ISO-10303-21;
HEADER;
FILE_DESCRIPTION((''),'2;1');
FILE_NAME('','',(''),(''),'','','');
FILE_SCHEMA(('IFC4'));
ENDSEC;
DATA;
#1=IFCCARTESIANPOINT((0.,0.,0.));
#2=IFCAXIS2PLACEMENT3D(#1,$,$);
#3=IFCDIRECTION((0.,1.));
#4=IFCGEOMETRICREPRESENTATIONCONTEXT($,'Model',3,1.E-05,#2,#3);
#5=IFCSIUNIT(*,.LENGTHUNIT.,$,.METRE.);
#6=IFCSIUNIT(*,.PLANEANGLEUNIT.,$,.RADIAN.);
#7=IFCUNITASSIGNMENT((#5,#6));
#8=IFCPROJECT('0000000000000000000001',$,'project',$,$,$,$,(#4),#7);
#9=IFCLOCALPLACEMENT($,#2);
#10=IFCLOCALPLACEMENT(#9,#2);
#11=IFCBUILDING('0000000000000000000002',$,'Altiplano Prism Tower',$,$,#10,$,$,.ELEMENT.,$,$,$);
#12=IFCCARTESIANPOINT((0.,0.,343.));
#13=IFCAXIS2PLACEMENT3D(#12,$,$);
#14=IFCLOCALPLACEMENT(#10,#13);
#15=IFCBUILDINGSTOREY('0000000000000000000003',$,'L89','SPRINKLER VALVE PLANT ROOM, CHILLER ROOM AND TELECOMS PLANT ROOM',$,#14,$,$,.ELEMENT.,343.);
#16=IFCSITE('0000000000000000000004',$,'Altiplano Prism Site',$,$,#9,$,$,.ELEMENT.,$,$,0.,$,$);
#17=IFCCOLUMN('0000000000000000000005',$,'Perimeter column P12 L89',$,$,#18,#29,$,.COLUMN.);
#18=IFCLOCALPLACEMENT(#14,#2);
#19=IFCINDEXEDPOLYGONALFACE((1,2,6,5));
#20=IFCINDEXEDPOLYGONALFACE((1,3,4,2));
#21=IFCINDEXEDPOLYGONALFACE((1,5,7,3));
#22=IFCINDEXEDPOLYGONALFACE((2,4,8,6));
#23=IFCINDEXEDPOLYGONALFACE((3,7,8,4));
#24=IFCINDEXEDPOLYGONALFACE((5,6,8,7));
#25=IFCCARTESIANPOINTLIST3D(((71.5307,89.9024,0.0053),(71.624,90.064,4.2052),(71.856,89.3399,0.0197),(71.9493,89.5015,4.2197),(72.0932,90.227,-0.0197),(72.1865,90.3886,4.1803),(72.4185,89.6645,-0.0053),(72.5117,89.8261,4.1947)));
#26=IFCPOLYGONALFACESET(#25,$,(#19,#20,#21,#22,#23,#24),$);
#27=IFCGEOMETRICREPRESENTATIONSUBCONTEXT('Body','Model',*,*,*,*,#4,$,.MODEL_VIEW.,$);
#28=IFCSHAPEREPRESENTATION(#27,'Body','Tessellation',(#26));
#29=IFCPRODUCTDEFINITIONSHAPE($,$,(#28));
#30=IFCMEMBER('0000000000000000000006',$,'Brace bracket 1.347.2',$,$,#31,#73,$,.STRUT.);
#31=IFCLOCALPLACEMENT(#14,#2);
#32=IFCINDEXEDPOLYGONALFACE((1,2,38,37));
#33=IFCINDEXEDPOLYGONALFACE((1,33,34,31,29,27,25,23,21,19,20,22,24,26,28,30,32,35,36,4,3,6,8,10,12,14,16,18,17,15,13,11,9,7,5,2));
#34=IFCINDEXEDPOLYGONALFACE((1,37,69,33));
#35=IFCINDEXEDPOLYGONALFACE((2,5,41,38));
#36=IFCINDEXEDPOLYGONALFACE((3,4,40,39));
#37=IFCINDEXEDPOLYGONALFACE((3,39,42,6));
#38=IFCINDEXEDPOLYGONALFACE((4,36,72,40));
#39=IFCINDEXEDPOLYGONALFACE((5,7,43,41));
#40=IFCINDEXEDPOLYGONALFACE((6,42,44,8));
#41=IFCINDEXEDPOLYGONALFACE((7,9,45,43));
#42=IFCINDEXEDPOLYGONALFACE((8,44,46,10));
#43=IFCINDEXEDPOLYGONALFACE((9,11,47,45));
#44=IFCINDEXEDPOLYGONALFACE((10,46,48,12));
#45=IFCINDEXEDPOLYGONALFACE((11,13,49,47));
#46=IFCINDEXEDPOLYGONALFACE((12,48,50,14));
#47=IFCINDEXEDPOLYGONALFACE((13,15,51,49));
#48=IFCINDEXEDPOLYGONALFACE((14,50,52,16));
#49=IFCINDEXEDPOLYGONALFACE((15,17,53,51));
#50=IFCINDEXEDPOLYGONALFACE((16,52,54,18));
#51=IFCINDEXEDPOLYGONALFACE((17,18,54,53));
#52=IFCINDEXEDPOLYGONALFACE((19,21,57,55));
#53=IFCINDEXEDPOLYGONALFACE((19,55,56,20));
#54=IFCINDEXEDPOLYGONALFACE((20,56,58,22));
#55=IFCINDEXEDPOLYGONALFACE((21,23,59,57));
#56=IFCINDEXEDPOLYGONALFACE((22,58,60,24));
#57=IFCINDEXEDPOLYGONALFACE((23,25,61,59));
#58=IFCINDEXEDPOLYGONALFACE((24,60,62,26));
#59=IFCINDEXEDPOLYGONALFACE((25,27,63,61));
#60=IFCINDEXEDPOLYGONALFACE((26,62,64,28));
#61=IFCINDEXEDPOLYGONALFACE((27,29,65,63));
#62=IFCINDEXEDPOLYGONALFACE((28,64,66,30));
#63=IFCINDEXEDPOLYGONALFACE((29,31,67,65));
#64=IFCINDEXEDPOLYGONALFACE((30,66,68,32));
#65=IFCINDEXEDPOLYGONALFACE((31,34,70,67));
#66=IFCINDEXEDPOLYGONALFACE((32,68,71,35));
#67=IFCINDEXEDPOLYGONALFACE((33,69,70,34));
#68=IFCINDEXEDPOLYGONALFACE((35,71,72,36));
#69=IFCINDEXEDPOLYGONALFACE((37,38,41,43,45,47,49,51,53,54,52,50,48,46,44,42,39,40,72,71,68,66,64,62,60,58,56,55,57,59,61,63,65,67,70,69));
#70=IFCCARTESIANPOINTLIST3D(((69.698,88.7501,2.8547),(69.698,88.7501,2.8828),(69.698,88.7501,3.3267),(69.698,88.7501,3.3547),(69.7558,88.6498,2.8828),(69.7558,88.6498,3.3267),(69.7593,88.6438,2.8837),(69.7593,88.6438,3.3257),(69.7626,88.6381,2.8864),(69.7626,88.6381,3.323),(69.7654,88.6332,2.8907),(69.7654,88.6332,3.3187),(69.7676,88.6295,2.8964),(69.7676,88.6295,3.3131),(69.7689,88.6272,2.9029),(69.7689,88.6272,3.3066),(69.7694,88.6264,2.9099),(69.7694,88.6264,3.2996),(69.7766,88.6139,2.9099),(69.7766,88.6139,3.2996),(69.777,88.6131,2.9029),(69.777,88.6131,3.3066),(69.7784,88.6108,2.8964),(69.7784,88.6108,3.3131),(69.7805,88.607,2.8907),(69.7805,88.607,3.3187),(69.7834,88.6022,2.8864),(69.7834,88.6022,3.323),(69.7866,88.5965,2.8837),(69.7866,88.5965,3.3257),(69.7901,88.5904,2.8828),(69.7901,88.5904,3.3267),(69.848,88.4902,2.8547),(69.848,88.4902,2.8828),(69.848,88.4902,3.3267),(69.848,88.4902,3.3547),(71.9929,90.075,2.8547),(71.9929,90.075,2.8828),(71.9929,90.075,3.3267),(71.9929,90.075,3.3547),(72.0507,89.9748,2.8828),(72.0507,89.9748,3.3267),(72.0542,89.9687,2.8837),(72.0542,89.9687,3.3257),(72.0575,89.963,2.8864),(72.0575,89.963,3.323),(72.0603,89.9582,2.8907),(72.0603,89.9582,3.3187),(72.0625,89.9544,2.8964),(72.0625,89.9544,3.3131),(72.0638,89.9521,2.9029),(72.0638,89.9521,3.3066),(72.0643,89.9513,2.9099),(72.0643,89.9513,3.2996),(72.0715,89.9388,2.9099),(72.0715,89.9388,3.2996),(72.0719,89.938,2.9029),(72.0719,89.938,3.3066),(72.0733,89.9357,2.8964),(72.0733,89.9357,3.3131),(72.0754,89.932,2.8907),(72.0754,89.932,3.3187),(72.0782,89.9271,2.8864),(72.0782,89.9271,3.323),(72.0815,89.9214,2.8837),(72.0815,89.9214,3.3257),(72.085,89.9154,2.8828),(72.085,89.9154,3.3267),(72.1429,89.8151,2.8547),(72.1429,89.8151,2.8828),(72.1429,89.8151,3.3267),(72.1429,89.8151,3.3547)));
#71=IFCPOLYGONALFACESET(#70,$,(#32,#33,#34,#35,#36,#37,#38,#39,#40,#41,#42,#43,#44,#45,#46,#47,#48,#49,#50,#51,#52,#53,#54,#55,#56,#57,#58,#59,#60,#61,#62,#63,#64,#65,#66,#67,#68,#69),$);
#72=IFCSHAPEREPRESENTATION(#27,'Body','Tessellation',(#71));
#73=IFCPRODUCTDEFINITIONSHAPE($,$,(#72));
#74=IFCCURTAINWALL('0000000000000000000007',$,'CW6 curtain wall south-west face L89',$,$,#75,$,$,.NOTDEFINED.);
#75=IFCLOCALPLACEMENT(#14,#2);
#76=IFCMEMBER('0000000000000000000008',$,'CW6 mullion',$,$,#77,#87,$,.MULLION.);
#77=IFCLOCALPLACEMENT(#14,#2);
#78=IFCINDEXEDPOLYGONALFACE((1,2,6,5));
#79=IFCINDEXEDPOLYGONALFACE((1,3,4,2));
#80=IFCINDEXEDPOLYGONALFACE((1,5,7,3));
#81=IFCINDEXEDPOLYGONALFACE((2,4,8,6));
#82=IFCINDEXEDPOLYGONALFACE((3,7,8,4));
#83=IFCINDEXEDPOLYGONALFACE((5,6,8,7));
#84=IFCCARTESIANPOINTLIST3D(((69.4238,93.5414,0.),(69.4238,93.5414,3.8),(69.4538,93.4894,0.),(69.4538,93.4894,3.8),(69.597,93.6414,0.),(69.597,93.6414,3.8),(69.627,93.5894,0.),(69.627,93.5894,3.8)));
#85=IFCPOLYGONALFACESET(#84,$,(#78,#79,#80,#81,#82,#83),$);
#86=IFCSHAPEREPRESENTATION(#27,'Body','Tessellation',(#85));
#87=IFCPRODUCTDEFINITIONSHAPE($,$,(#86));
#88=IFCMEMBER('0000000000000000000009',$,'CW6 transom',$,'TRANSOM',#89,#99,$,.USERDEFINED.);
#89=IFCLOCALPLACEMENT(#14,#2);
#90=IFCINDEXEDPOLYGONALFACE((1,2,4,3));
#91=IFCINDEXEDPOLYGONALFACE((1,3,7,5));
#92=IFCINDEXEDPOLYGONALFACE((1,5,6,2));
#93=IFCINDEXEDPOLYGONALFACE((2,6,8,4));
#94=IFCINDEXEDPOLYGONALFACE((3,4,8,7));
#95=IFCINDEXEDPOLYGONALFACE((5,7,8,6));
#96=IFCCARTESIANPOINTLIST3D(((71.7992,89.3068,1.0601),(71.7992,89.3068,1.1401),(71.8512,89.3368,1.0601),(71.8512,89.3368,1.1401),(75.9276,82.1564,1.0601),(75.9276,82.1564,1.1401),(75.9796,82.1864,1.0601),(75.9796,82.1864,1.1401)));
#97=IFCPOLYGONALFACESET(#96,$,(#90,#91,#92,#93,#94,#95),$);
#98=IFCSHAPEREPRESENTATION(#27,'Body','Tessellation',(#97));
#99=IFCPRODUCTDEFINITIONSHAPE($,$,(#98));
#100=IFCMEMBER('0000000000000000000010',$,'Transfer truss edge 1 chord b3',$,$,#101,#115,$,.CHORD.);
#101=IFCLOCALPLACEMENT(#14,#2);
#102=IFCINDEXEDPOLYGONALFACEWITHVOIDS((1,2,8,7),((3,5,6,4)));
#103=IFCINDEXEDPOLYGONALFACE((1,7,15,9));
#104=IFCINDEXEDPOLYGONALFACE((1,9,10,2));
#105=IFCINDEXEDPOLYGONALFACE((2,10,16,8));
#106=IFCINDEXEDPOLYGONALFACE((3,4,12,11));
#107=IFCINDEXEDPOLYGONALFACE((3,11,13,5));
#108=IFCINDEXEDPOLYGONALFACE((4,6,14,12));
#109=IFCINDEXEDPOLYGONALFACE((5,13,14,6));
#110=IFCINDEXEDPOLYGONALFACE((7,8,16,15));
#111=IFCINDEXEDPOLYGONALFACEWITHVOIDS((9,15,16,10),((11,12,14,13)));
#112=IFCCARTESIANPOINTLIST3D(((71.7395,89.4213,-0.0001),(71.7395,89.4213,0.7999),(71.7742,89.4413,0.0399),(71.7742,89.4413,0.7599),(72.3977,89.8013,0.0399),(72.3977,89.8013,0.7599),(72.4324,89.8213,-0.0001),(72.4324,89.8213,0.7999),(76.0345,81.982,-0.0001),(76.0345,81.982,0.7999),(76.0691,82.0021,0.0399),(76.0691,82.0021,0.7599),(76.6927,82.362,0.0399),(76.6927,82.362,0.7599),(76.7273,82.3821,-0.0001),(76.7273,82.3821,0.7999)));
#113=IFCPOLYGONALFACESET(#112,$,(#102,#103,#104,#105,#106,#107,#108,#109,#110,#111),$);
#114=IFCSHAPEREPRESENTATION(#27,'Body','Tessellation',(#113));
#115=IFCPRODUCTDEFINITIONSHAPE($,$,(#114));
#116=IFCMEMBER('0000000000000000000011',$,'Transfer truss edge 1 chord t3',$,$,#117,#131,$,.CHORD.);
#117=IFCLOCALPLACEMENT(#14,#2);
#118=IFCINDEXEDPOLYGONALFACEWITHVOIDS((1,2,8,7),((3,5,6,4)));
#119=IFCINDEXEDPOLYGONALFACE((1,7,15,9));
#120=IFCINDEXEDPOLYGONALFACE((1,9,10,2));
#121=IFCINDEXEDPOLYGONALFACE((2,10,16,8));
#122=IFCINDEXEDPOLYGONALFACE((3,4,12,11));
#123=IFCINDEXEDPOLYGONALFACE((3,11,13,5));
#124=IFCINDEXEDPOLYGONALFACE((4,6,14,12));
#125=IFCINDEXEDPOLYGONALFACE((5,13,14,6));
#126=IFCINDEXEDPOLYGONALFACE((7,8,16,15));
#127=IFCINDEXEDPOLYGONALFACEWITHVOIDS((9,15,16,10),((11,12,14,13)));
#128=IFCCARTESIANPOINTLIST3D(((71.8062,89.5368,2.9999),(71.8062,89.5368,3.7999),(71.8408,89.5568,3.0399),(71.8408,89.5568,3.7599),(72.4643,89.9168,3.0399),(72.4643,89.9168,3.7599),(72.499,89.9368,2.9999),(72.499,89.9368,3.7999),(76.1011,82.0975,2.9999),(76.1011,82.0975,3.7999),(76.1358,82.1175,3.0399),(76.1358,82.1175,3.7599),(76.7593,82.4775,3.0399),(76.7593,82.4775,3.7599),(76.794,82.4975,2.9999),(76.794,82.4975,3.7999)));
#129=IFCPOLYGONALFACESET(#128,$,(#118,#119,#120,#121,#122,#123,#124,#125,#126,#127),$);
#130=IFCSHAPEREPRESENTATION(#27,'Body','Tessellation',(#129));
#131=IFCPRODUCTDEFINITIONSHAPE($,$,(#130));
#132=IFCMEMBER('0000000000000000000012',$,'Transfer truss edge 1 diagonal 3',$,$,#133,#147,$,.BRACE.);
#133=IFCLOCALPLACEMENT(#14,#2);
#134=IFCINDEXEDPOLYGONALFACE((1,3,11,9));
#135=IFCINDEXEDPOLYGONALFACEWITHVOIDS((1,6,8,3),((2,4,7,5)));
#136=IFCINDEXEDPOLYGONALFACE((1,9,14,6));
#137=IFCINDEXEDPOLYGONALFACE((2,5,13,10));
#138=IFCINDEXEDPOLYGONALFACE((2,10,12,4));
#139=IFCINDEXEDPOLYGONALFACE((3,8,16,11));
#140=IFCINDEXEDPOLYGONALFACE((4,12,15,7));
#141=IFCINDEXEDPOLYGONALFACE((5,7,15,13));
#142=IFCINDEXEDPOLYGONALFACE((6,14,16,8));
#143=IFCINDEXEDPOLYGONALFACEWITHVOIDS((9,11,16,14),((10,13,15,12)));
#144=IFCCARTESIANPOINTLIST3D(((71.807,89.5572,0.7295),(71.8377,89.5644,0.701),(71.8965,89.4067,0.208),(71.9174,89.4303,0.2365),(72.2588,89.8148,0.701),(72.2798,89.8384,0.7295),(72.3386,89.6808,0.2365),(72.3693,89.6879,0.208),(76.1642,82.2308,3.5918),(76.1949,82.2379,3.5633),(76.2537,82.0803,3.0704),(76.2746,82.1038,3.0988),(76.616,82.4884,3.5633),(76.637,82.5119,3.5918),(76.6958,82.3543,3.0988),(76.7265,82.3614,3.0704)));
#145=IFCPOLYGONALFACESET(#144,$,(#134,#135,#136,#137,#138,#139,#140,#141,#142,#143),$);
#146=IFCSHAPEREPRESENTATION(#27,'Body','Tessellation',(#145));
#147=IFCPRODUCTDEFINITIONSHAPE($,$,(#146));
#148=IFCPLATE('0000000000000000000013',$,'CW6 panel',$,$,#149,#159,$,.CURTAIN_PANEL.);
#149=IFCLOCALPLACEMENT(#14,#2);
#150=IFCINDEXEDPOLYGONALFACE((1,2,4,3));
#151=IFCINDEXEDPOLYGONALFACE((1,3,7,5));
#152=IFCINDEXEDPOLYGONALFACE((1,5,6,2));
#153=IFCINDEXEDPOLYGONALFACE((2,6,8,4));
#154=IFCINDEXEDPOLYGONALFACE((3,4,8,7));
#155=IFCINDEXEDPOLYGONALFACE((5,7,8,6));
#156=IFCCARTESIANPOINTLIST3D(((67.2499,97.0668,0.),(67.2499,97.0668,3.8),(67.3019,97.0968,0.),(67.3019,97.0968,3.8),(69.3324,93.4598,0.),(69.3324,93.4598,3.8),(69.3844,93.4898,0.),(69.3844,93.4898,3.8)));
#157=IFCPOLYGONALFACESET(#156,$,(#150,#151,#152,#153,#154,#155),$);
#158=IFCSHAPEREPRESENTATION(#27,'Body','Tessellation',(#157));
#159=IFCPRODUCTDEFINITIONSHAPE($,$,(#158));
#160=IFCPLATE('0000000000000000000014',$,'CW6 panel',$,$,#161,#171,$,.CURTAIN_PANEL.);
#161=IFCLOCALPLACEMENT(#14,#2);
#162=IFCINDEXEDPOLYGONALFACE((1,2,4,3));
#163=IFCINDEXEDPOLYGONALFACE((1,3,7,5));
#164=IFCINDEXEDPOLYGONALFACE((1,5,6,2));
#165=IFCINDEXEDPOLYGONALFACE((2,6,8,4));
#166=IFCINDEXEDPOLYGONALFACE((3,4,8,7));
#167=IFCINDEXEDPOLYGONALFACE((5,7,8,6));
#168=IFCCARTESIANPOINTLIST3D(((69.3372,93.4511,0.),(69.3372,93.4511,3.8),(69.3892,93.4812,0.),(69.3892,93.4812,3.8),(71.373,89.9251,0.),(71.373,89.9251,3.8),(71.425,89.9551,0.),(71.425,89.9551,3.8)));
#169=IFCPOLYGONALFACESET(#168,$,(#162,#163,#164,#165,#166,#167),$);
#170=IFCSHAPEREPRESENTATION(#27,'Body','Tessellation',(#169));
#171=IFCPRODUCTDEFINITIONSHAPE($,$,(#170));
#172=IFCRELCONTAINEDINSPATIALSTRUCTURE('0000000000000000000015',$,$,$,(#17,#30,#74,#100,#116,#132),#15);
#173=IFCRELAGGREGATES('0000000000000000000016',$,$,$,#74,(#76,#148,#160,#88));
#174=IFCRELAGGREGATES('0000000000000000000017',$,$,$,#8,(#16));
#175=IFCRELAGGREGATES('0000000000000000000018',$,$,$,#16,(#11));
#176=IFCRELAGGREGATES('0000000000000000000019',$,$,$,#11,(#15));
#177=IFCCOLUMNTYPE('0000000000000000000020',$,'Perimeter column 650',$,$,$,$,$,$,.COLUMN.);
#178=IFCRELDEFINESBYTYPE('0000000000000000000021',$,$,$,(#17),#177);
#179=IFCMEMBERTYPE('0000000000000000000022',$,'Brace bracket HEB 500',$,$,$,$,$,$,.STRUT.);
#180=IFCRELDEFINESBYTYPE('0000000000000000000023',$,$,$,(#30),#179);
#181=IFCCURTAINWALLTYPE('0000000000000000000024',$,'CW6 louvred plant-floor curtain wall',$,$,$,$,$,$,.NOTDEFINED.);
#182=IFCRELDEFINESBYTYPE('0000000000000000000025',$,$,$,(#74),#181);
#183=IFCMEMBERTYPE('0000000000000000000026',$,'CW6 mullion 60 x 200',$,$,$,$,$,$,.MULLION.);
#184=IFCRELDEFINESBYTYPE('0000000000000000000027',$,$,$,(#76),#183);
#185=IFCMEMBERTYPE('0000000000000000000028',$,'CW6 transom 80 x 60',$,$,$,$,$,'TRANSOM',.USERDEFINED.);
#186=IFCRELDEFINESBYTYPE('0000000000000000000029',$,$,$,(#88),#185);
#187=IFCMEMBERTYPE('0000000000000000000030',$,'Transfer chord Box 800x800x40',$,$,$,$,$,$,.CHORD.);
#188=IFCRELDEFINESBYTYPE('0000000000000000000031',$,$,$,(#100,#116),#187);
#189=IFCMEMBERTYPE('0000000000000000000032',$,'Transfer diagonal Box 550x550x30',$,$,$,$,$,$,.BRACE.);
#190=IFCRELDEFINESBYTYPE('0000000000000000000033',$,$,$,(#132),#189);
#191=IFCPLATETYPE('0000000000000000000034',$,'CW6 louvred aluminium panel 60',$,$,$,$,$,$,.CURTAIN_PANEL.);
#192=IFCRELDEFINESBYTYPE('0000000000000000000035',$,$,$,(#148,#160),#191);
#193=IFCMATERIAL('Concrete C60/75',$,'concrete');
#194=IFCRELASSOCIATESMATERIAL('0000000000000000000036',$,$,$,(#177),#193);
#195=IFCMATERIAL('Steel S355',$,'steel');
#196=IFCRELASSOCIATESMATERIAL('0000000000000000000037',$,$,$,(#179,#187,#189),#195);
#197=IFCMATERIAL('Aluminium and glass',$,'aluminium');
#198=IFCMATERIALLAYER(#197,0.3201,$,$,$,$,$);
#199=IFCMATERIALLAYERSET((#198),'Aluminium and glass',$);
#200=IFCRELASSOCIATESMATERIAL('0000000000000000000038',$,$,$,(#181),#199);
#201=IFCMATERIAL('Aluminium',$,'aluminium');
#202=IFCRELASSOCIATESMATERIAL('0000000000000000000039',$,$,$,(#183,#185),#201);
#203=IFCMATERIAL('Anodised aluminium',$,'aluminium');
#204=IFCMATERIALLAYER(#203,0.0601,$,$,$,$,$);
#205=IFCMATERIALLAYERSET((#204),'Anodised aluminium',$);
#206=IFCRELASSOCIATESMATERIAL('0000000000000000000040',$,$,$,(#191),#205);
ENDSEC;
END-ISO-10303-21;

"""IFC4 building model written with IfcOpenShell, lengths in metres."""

from ifc_helpers import new_model, si_unit, direction, frame, origin, origin_2d, place, context, subcontext, project, spatial, rectangle, hollow_rectangle, i_section, extrude, material, layer, layer_set, material_profile, profile_set, type_object, element, aggregate, save


model = new_model("IFC4")

# Units and contexts
model_context = context("Model", 3, precision=1e-05, world=origin(), true_north=direction((0.0, 1.0)))
body_context = subcontext(model_context, "Body", "Model", "MODEL_VIEW")
ifc_project = project(units=[si_unit("LENGTHUNIT", "METRE"), si_unit("PLANEANGLEUNIT", "RADIAN")], contexts=[model_context])

# Site, building, storey
site_placement = place(None, origin())
site = spatial("IfcSite", under=ifc_project, at=site_placement, Name="Altiplano Prism Site", CompositionType="ELEMENT", RefElevation=0.0)
building_placement = place(site_placement, origin())
building = spatial("IfcBuilding", under=site, at=building_placement, Name="Altiplano Prism Tower", CompositionType="ELEMENT")
storey_placement = place(building_placement, frame((0.0, 0.0, 343.0)))
storey = spatial("IfcBuildingStorey", under=building, at=storey_placement, Name="L89", Description="SPRINKLER VALVE PLANT ROOM, CHILLER ROOM AND TELECOMS PLANT ROOM", CompositionType="ELEMENT", Elevation=343.0)

# Column
ifc_material_1 = material(Name="Concrete C60/75", Category="concrete")
ifc_material_profile_1 = material_profile(ifc_material_1, rectangle(XDim=0.6499, YDim=0.6499, at=origin_2d()), Name="Perimeter column 650")
ifc_profile_set_1 = profile_set([ifc_material_profile_1], Name="Concrete C60/75")
column_type = type_object("IfcColumnType", Name="Perimeter column 650", PredefinedType="COLUMN", material=ifc_profile_set_1)
column_placement = place(storey_placement, frame((71.9746, 89.7834, 0.0), z_axis=(0.022184, 0.038444, 0.999014), x_axis=(-0.865483, -0.499462, 0.038439)))
element("IfcColumn", 1, at=column_placement, inside=storey, type_object=column_type, Name="Perimeter column P12 L89", PredefinedType="COLUMN", context=body_context, shape_type="SweptSolid", body=[
    extrude(rectangle(XDim=0.6499, YDim=0.6499, at=origin_2d()), origin(), (0.0, 0.0, 1.0), 4.2041),
])

# Member
ifc_material_2 = material(Name="Steel S355", Category="steel")
ifc_material_profile_2 = material_profile(ifc_material_2, i_section(OverallWidth=0.3, OverallDepth=0.5, WebThickness=0.0144, FlangeThickness=0.0281, FilletRadius=0.0271, at=origin_2d()), Name="Brace bracket HEB 500")
ifc_profile_set_2 = profile_set([ifc_material_profile_2], Name="Steel S355")
member_type_1 = type_object("IfcMemberType", Name="Brace bracket HEB 500", PredefinedType="STRUT", material=ifc_profile_set_2)
member_1_placement = place(storey_placement, frame((72.0679, 89.9451, 3.1047), z_axis=(-0.866029, -0.499994, 0.0), x_axis=(0.499994, -0.866029, 0.0)))
element("IfcMember", 2, at=member_1_placement, inside=storey, type_object=member_type_1, Name="Brace bracket 1.347.2", PredefinedType="STRUT", context=body_context, shape_type="SweptSolid", body=[
    extrude(i_section(OverallWidth=0.3, OverallDepth=0.5, WebThickness=0.0144, FlangeThickness=0.0281, FilletRadius=0.0271, at=origin_2d()), origin(), (0.0, 0.0, 1.0), 2.6499),
])

# Curtain wall, members
ifc_material_3 = material(Name="Aluminium and glass", Category="aluminium")
ifc_layer_1 = layer(ifc_material_3, 0.3201)
ifc_layer_set_1 = layer_set([ifc_layer_1], Name="Aluminium and glass")
curtain_wall_type = type_object("IfcCurtainWallType", Name="CW6 louvred plant-floor curtain wall", PredefinedType="NOTDEFINED", material=ifc_layer_set_1)
curtain_wall_placement = place(storey_placement, origin())
curtain_wall = element("IfcCurtainWall", 3, at=curtain_wall_placement, inside=storey, type_object=curtain_wall_type, Name="CW6 curtain wall south-west face L89", PredefinedType="NOTDEFINED")
ifc_material_4 = material(Name="Aluminium", Category="aluminium")
ifc_material_profile_3 = material_profile(ifc_material_4, rectangle(XDim=0.2, YDim=0.0601, at=origin_2d()), Name="CW6 mullion 60 x 200")
ifc_profile_set_3 = profile_set([ifc_material_profile_3], Name="Aluminium")
member_type_2 = type_object("IfcMemberType", Name="CW6 mullion 60 x 200", PredefinedType="MULLION", material=ifc_profile_set_3)
member_2_placement = place(storey_placement, frame((69.5254, 93.5654, 0.0), z_axis=(0.0, 0.0, 1.0), x_axis=(0.866025, 0.5, 0.0)))
member_2 = element("IfcMember", 4, at=member_2_placement, type_object=member_type_2, Name="CW6 mullion", PredefinedType="MULLION", context=body_context, shape_type="SweptSolid", body=[
    extrude(rectangle(XDim=0.2, YDim=0.0601, at=origin_2d()), origin(), (0.0, 0.0, 1.0), 3.8),
])
ifc_material_profile_4 = material_profile(ifc_material_4, rectangle(XDim=0.0601, YDim=0.0801, at=origin_2d()), Name="CW6 transom 80 x 60")
ifc_profile_set_4 = profile_set([ifc_material_profile_4], Name="Aluminium")
member_type_3 = type_object("IfcMemberType", Name="CW6 transom 80 x 60", ElementType="TRANSOM", PredefinedType="USERDEFINED", material=ifc_profile_set_4)
member_3_placement = place(storey_placement, frame((71.8252, 89.3218, 1.1001), z_axis=(0.500013, -0.866018, 0.0), x_axis=(0.866018, 0.500013, 0.0)))
member_3 = element("IfcMember", 5, at=member_3_placement, type_object=member_type_3, Name="CW6 transom", ObjectType="TRANSOM", PredefinedType="USERDEFINED", context=body_context, shape_type="SweptSolid", body=[
    extrude(rectangle(XDim=0.0601, YDim=0.0801, at=origin_2d()), origin(), (0.0, 0.0, 1.0), 8.2566),
])

# Members
ifc_material_profile_5 = material_profile(ifc_material_2, hollow_rectangle(XDim=0.8, YDim=0.8, WallThickness=0.04, at=origin_2d()), Name="Transfer chord Box 800x800x40")
ifc_profile_set_5 = profile_set([ifc_material_profile_5], Name="Steel S355")
member_type_4 = type_object("IfcMemberType", Name="Transfer chord Box 800x800x40", PredefinedType="CHORD", material=ifc_profile_set_5)
for number, where, z_axis, x_axis, name in (
    (6, (72.0859, 89.6213, 0.3999), (0.499991, -0.866031, 0.0), (0.866031, 0.499991, 0.0), "Transfer truss edge 1 chord b3"),
    (7, (72.1526, 89.7368, 3.3999), (0.499991, -0.866031, 0.0), (0.866031, 0.499991, 0.0), "Transfer truss edge 1 chord t3"),
):
    element("IfcMember", number, at=place(storey_placement, frame(where, z_axis=z_axis, x_axis=x_axis)), inside=storey, type_object=member_type_4, Name=name, PredefinedType="CHORD", context=body_context, shape_type="SweptSolid", body=[
        extrude(hollow_rectangle(XDim=0.8, YDim=0.8, WallThickness=0.04, at=origin_2d()), origin(), (0.0, 0.0, 1.0), 8.5901),
    ])
ifc_material_profile_6 = material_profile(ifc_material_2, hollow_rectangle(XDim=0.55, YDim=0.55, WallThickness=0.03, at=origin_2d()), Name="Transfer diagonal Box 550x550x30")
ifc_profile_set_6 = profile_set([ifc_material_profile_6], Name="Steel S355")
member_type_5 = type_object("IfcMemberType", Name="Transfer diagonal Box 550x550x30", PredefinedType="BRACE", material=ifc_profile_set_6)
member_4_placement = place(storey_placement, frame((72.0881, 89.6226, 0.4688), z_axis=(0.484567, -0.81478, 0.318321), x_axis=(0.859488, 0.511156, 0.0)))
element("IfcMember", 8, at=member_4_placement, inside=storey, type_object=member_type_5, Name="Transfer truss edge 1 diagonal 3", PredefinedType="BRACE", context=body_context, shape_type="SweptSolid", body=[
    extrude(hollow_rectangle(XDim=0.55, YDim=0.55, WallThickness=0.03, at=origin_2d()), origin(), (0.0, 0.0, 1.0), 8.9919),
])

# Plates
ifc_material_5 = material(Name="Anodised aluminium", Category="aluminium")
ifc_layer_2 = layer(ifc_material_5, 0.0601)
ifc_layer_set_2 = layer_set([ifc_layer_2], Name="Anodised aluminium")
plate_type = type_object("IfcPlateType", Name="CW6 louvred aluminium panel 60", PredefinedType="CURTAIN_PANEL", material=ifc_layer_set_2)
plate_1_placement = place(storey_placement, frame((68.3171, 95.2783, 0.0), z_axis=(0.0, 0.0, 1.0), x_axis=(0.5, -0.866025, 0.0)))
plate_1 = element("IfcPlate", 9, at=plate_1_placement, type_object=plate_type, Name="CW6 panel", PredefinedType="CURTAIN_PANEL", context=body_context, shape_type="SweptSolid", body=[
    extrude(rectangle(XDim=4.165, YDim=0.0601, at=origin_2d()), origin(), (0.0, 0.0, 1.0), 3.8),
])
plate_2_placement = place(storey_placement, frame((70.3811, 91.7031, 0.0), z_axis=(0.0, 0.0, 1.0), x_axis=(0.5, -0.866025, 0.0)))
plate_2 = element("IfcPlate", 10, at=plate_2_placement, type_object=plate_type, Name="CW6 panel", PredefinedType="CURTAIN_PANEL", context=body_context, shape_type="SweptSolid", body=[
    extrude(rectangle(XDim=4.0715, YDim=0.0601, at=origin_2d()), origin(), (0.0, 0.0, 1.0), 3.8),
])
aggregate(curtain_wall, [member_2, plate_1, plate_2, member_3])

save(model, "model.ifc")
